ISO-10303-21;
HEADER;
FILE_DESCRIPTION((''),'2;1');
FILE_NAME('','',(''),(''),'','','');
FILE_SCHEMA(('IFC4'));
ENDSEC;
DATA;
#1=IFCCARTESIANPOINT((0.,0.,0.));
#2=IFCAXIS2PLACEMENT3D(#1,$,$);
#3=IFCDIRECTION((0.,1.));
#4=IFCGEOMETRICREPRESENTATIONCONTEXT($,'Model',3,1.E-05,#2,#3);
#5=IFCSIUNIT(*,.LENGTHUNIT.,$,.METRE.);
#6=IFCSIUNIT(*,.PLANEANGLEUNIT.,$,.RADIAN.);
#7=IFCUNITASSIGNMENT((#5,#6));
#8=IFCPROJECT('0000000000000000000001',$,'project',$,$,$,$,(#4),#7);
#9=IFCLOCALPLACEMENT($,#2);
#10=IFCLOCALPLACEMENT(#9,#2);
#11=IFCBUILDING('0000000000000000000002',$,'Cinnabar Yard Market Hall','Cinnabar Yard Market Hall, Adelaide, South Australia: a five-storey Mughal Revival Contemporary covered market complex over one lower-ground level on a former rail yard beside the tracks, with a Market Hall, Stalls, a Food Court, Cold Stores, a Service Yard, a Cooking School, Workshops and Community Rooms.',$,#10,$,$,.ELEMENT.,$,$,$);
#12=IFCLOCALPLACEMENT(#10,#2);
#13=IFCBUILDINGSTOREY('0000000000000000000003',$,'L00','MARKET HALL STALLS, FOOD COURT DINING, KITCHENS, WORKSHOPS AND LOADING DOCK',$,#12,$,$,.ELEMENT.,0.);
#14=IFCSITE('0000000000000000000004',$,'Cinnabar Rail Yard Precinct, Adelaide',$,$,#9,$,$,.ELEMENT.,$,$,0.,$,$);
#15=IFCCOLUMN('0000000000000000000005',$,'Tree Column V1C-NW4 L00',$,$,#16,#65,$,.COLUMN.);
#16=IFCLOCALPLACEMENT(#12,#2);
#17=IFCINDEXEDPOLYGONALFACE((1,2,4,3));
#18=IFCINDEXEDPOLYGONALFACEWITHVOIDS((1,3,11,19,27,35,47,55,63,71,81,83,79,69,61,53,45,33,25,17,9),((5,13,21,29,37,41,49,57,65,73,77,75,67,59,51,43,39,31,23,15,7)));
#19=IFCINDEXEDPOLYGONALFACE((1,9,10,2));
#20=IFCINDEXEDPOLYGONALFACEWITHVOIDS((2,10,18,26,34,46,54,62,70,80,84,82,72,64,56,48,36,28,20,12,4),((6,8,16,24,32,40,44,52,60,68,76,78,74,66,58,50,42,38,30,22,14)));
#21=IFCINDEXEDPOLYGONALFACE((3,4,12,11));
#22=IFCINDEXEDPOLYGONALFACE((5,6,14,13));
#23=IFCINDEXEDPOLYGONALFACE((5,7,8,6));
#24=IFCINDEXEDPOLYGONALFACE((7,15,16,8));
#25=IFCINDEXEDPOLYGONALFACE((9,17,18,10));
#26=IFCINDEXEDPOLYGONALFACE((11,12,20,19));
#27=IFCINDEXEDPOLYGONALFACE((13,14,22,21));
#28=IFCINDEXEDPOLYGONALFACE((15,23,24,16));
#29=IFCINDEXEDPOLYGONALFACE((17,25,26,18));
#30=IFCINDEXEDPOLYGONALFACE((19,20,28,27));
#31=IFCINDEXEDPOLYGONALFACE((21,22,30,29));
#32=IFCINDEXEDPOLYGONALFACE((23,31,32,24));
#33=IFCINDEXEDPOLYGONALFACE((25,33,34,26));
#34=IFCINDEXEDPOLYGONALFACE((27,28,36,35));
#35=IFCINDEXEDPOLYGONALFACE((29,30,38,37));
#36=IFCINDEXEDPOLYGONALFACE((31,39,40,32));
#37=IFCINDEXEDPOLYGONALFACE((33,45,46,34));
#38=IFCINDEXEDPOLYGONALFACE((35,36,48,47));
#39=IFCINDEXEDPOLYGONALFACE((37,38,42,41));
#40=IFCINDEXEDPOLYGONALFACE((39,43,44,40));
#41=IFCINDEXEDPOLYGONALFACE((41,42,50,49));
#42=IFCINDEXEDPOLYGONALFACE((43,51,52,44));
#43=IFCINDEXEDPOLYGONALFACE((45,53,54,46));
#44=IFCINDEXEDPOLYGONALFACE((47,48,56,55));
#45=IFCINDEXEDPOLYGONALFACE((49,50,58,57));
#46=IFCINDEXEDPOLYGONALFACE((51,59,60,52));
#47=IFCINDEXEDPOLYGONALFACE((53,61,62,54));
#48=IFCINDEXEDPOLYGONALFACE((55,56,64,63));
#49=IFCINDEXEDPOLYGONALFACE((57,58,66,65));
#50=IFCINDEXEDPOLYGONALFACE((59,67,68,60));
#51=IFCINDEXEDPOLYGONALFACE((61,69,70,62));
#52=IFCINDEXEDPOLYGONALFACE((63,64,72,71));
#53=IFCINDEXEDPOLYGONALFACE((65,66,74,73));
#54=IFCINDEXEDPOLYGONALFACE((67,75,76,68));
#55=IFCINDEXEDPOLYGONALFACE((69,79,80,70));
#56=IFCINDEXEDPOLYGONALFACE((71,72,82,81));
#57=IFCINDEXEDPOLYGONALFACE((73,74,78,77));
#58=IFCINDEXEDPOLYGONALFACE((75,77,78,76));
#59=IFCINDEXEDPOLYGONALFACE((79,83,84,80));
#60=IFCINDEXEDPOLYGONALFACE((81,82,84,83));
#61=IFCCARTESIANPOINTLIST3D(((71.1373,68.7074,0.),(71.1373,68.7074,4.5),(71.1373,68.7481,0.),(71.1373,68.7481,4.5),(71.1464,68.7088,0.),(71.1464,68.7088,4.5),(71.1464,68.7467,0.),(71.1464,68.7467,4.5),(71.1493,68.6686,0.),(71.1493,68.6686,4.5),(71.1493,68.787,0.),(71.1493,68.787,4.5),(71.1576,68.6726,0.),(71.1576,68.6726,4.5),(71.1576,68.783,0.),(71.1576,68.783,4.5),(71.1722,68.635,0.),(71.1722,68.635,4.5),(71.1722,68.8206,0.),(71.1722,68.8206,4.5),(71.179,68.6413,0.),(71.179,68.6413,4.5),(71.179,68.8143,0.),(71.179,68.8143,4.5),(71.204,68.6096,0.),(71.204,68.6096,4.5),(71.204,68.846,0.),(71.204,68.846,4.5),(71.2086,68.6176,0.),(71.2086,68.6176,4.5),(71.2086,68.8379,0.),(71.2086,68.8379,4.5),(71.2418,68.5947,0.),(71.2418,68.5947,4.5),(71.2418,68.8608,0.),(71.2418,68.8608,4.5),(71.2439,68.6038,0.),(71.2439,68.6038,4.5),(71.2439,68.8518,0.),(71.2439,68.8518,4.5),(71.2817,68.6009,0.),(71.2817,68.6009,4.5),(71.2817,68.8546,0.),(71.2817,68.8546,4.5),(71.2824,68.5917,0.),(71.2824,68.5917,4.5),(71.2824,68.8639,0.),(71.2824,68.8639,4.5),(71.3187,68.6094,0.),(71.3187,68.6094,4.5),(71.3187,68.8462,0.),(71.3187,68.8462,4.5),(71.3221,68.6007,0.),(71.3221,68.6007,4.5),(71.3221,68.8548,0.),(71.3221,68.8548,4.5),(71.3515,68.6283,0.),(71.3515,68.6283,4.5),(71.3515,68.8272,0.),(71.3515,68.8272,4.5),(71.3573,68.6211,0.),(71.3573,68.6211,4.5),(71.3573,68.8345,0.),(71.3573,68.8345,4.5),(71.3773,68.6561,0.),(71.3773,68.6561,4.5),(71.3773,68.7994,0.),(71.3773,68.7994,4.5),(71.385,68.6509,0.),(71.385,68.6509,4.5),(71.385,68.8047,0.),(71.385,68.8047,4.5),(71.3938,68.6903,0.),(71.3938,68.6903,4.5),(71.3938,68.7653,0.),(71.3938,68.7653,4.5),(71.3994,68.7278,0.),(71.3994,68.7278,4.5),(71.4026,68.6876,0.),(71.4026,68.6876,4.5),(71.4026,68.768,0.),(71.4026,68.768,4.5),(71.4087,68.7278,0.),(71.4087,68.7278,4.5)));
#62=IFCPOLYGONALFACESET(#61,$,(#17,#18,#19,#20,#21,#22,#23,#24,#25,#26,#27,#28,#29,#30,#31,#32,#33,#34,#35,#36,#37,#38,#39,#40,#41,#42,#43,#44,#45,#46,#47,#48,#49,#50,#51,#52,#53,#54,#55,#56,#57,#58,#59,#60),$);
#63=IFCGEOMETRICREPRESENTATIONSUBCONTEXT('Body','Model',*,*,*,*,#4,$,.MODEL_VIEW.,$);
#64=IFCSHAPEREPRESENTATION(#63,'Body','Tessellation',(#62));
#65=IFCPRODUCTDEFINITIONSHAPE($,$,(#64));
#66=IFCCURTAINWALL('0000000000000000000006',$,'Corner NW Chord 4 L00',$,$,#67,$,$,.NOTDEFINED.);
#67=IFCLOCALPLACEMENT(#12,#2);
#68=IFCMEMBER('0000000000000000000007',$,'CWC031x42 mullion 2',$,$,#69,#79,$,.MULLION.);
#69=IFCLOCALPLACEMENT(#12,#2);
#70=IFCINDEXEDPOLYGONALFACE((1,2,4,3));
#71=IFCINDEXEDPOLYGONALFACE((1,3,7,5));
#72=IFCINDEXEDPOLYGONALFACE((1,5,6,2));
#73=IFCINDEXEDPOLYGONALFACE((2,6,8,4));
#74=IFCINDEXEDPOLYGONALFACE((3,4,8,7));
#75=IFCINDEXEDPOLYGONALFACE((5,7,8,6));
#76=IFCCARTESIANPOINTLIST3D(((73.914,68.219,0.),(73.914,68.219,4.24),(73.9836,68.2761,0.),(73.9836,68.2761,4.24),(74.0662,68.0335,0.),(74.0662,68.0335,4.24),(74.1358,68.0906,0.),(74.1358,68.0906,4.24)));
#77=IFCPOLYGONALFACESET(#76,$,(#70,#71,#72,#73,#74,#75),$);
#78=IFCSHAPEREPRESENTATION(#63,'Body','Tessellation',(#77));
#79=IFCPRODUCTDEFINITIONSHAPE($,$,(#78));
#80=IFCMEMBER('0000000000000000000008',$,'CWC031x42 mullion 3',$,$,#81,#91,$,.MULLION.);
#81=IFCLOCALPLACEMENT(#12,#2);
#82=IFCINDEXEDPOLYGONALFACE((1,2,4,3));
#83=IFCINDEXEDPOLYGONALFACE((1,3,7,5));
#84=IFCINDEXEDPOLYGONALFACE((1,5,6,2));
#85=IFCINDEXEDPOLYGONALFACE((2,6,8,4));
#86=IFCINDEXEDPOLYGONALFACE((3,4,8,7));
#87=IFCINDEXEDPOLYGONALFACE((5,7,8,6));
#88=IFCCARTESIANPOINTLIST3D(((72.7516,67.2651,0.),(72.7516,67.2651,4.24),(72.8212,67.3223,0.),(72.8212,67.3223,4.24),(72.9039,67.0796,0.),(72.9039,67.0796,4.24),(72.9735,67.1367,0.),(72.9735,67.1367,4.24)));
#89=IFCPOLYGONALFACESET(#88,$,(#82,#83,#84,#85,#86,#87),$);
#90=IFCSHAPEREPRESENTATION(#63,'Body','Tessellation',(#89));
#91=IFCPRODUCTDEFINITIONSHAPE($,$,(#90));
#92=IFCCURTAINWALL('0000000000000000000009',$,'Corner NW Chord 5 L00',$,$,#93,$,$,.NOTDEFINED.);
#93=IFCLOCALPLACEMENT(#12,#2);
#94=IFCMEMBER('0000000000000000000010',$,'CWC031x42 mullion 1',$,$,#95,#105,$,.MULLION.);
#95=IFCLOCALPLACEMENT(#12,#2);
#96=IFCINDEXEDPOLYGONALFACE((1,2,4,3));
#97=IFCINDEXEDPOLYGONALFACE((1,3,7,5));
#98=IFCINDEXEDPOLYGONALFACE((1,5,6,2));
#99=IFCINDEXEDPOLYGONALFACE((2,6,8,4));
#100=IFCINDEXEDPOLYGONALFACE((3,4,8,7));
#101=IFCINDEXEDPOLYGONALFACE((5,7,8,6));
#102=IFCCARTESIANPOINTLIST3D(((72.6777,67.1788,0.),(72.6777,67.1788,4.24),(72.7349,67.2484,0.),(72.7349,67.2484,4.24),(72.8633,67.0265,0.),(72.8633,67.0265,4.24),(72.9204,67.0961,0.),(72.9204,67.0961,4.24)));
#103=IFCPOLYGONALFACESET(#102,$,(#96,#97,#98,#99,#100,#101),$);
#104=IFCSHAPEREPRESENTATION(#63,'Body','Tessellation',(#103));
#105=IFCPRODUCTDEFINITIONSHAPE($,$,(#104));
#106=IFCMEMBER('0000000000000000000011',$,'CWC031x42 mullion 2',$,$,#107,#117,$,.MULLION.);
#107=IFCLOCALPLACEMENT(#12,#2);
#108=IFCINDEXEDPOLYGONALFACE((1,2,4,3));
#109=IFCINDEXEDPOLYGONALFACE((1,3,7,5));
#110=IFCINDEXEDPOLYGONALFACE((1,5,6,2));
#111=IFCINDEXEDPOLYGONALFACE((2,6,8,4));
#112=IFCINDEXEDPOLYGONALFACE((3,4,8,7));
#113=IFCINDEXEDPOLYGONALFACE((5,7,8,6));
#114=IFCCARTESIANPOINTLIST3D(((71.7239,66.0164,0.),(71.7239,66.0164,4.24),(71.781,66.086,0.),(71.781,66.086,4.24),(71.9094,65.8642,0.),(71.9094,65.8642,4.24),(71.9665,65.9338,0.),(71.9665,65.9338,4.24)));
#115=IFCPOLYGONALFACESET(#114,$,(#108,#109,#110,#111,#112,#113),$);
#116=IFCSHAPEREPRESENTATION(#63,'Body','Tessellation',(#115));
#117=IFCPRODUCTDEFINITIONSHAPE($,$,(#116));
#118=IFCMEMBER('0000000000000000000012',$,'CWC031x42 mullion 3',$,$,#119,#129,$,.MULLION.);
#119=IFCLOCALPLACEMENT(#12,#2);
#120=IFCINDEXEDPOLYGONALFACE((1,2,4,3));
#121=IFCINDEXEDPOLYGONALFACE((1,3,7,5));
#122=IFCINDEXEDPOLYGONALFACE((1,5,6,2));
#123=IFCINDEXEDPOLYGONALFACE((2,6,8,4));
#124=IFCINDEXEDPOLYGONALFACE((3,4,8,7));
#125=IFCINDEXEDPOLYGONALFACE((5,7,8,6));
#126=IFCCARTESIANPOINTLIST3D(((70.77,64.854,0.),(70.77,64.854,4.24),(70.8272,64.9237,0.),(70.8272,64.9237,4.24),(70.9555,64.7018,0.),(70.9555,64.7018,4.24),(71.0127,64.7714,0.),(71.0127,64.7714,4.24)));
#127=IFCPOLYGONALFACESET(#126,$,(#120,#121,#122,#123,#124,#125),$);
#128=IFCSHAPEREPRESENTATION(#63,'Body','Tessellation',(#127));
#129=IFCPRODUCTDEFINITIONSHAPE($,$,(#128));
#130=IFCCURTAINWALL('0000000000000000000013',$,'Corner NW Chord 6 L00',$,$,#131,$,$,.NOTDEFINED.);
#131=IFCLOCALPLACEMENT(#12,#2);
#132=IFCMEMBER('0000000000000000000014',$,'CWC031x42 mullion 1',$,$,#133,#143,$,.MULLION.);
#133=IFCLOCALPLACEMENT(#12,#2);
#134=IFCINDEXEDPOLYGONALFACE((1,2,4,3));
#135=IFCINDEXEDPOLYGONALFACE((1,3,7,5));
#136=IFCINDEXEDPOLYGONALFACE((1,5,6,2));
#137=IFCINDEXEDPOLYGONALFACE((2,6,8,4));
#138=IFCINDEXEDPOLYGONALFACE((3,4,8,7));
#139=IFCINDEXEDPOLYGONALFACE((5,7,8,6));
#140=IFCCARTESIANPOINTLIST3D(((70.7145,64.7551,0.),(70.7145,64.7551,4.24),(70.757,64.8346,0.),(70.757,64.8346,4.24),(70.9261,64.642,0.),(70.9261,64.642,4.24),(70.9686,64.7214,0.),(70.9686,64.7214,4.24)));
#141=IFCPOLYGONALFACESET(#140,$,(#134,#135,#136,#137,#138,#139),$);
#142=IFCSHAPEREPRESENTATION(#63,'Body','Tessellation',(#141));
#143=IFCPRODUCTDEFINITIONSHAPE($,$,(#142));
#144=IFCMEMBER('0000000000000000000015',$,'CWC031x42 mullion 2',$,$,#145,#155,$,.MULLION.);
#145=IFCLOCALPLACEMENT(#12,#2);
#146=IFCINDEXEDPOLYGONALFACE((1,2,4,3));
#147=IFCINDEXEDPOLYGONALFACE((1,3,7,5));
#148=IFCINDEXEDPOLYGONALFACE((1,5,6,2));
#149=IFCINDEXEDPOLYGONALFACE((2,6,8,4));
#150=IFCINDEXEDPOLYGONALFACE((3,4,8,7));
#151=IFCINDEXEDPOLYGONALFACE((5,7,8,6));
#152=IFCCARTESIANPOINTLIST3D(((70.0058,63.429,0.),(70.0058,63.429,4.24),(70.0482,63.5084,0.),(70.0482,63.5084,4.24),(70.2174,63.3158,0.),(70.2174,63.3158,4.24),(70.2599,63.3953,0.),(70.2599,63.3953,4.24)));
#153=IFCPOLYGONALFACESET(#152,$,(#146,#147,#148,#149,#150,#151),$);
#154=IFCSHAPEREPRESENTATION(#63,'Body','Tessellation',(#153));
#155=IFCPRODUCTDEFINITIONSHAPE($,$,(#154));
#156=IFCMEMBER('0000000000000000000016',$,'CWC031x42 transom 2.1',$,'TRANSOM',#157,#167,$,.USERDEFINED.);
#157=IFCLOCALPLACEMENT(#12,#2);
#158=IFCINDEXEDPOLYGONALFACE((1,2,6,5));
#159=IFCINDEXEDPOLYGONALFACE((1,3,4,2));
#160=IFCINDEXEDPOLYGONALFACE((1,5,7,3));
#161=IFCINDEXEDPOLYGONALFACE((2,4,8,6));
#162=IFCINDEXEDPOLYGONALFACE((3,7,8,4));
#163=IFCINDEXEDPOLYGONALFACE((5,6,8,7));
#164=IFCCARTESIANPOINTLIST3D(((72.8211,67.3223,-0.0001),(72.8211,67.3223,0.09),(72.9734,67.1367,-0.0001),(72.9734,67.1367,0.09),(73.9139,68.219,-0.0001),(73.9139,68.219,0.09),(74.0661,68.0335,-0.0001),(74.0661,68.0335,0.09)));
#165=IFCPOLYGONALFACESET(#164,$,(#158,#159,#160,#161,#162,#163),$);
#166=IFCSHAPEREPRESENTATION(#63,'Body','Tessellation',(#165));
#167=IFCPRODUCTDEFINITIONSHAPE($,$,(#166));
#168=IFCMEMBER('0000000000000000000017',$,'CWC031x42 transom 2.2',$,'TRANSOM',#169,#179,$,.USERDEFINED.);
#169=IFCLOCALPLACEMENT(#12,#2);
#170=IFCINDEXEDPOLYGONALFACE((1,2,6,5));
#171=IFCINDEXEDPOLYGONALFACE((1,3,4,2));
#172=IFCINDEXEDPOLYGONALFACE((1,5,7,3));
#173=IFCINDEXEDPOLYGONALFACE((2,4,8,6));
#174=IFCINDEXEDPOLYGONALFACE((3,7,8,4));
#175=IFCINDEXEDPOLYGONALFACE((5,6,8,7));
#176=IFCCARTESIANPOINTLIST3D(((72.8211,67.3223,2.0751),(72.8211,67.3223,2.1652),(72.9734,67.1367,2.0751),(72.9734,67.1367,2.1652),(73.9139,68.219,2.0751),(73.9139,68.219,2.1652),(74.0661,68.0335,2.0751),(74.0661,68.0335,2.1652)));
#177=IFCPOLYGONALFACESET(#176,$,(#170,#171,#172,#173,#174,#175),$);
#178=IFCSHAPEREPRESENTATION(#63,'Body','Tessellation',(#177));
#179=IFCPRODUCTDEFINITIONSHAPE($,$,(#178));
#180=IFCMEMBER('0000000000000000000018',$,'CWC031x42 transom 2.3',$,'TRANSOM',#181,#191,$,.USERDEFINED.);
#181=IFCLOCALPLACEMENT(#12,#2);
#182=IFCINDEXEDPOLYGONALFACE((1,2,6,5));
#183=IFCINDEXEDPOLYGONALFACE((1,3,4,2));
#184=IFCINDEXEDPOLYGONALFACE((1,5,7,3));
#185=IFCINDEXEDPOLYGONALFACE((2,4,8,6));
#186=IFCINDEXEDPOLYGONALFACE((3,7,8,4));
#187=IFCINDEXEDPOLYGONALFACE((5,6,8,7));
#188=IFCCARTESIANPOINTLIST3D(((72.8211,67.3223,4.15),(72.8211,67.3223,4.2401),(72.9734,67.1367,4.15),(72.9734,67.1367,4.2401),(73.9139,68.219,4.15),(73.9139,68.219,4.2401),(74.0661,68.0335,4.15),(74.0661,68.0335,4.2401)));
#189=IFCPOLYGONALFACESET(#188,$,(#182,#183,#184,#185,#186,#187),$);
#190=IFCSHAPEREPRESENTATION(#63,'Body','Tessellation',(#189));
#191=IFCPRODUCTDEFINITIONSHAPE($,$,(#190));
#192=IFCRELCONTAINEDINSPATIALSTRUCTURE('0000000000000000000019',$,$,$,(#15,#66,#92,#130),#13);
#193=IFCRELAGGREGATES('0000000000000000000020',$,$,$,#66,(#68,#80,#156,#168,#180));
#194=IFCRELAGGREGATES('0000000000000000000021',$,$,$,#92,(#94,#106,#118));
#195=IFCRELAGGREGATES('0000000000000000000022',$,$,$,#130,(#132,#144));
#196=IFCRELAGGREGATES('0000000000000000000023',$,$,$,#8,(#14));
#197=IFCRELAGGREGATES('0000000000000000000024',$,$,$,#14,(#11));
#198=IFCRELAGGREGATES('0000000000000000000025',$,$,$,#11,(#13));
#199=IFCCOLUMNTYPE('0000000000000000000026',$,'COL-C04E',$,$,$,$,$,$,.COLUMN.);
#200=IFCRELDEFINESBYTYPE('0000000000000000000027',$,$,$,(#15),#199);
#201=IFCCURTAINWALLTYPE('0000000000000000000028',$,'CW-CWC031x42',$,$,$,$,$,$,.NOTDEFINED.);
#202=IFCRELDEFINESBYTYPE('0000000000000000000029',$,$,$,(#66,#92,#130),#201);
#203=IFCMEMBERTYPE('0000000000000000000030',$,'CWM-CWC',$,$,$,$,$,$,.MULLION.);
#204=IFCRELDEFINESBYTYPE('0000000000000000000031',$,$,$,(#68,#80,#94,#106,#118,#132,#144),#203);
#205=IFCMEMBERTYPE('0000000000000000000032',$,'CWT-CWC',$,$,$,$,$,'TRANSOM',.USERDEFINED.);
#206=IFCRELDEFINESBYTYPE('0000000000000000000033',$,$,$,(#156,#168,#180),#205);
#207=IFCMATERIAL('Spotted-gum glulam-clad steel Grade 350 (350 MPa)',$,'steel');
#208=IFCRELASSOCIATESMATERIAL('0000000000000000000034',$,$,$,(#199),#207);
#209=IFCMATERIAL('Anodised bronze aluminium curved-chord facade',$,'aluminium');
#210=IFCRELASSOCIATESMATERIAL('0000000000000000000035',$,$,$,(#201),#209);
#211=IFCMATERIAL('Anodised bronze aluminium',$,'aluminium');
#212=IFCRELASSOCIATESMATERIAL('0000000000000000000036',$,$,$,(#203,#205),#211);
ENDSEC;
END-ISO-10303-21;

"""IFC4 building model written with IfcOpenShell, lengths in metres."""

from ifc_helpers import new_model, si_unit, direction, frame, origin, origin_2d_with_axis, place, context, subcontext, project, spatial, rectangle, hollow_circle, extrude, material, material_profile, profile_set, type_object, element, aggregate, save


model = new_model("IFC4")

# Units and contexts
model_context = context("Model", 3, precision=1e-05, world=origin(), true_north=direction((0.0, 1.0)))
body_context = subcontext(model_context, "Body", "Model", "MODEL_VIEW")
ifc_project = project(units=[si_unit("LENGTHUNIT", "METRE"), si_unit("PLANEANGLEUNIT", "RADIAN")], contexts=[model_context])

# Site, building, storey
site_placement = place(None, origin())
site = spatial("IfcSite", under=ifc_project, at=site_placement, Name="Cinnabar Rail Yard Precinct, Adelaide", CompositionType="ELEMENT", RefElevation=0.0)
building_placement = place(site_placement, origin())
building = spatial("IfcBuilding", under=site, at=building_placement, Name="Cinnabar Yard Market Hall", Description="Cinnabar Yard Market Hall, Adelaide, South Australia: a five-storey Mughal Revival Contemporary covered market complex over one lower-ground level on a former rail yard beside the tracks, with a Market Hall, Stalls, a Food Court, Cold Stores, a Service Yard, a Cooking School, Workshops and Community Rooms.", CompositionType="ELEMENT")
storey_placement = place(building_placement, origin())
storey = spatial("IfcBuildingStorey", under=building, at=storey_placement, Name="L00", Description="MARKET HALL STALLS, FOOD COURT DINING, KITCHENS, WORKSHOPS AND LOADING DOCK", CompositionType="ELEMENT", Elevation=0.0)

# Column
ifc_material_1 = material(Name="Spotted-gum glulam-clad steel Grade 350 (350 MPa)", Category="steel")
ifc_material_profile_1 = material_profile(ifc_material_1, hollow_circle(Radius=0.1365, WallThickness=0.0093, at=origin_2d_with_axis()), Name="273.1x9.3CHS")
ifc_profile_set_1 = profile_set([ifc_material_profile_1], Name="Spotted-gum glulam-clad steel Grade 350 (350 MPa)")
column_type = type_object("IfcColumnType", Name="COL-C04E", PredefinedType="COLUMN", material=ifc_profile_set_1)
column_placement = place(storey_placement, frame((71.2722, 68.7278, 0.0), z_axis=(0.0, 0.0, 1.0), x_axis=(1.0, 0.0, 0.0)))
element("IfcColumn", 1, at=column_placement, inside=storey, type_object=column_type, Name="Tree Column V1C-NW4 L00", PredefinedType="COLUMN", context=body_context, shape_type="SweptSolid", body=[
    extrude(hollow_circle(Radius=0.1365, WallThickness=0.0093, at=origin_2d_with_axis()), origin(), (0.0, 0.0, 1.0), 4.5),
])

# Curtain walls, members
ifc_material_2 = material(Name="Anodised bronze aluminium curved-chord facade", Category="aluminium")
curtain_wall_type = type_object("IfcCurtainWallType", Name="CW-CWC031x42", PredefinedType="NOTDEFINED", material=ifc_material_2)
curtain_wall_1_placement = place(storey_placement, origin())
curtain_wall_1 = element("IfcCurtainWall", 2, at=curtain_wall_1_placement, inside=storey, type_object=curtain_wall_type, Name="Corner NW Chord 4 L00", PredefinedType="NOTDEFINED")
ifc_material_3 = material(Name="Anodised bronze aluminium", Category="aluminium")
ifc_material_profile_2 = material_profile(ifc_material_3, rectangle(XDim=0.24, YDim=0.0901, at=origin_2d_with_axis()), Name="MUL-CWC")
ifc_profile_set_2 = profile_set([ifc_material_profile_2], Name="Anodised bronze aluminium")
member_type_1 = type_object("IfcMemberType", Name="CWM-CWC", PredefinedType="MULLION", material=ifc_profile_set_2)
member_1_placement = place(storey_placement, frame((74.0249, 68.1548, 0.0), z_axis=(0.0, 0.0, 1.0), x_axis=(0.634383, -0.773019, 0.0)))
member_1 = element("IfcMember", 3, at=member_1_placement, type_object=member_type_1, Name="CWC031x42 mullion 2", PredefinedType="MULLION", context=body_context, shape_type="SweptSolid", body=[
    extrude(rectangle(XDim=0.24, YDim=0.0901, at=origin_2d_with_axis()), origin(), (0.0, 0.0, 1.0), 4.24),
])
member_2_placement = place(storey_placement, frame((72.8625, 67.2009, 0.0), z_axis=(0.0, 0.0, 1.0), x_axis=(0.634383, -0.773019, 0.0)))
member_2 = element("IfcMember", 4, at=member_2_placement, type_object=member_type_1, Name="CWC031x42 mullion 3", PredefinedType="MULLION", context=body_context, shape_type="SweptSolid", body=[
    extrude(rectangle(XDim=0.24, YDim=0.0901, at=origin_2d_with_axis()), origin(), (0.0, 0.0, 1.0), 4.24),
])
curtain_wall_2_placement = place(storey_placement, origin())
curtain_wall_2 = element("IfcCurtainWall", 5, at=curtain_wall_2_placement, inside=storey, type_object=curtain_wall_type, Name="Corner NW Chord 5 L00", PredefinedType="NOTDEFINED")
member_3_placement = place(storey_placement, frame((72.7991, 67.1375, 0.0), z_axis=(0.0, 0.0, 1.0), x_axis=(0.773019, -0.634383, 0.0)))
member_3 = element("IfcMember", 6, at=member_3_placement, type_object=member_type_1, Name="CWC031x42 mullion 1", PredefinedType="MULLION", context=body_context, shape_type="SweptSolid", body=[
    extrude(rectangle(XDim=0.24, YDim=0.0901, at=origin_2d_with_axis()), origin(), (0.0, 0.0, 1.0), 4.24),
])
member_4_placement = place(storey_placement, frame((71.8452, 65.9751, 0.0), z_axis=(0.0, 0.0, 1.0), x_axis=(0.773019, -0.634383, 0.0)))
member_4 = element("IfcMember", 7, at=member_4_placement, type_object=member_type_1, Name="CWC031x42 mullion 2", PredefinedType="MULLION", context=body_context, shape_type="SweptSolid", body=[
    extrude(rectangle(XDim=0.24, YDim=0.0901, at=origin_2d_with_axis()), origin(), (0.0, 0.0, 1.0), 4.24),
])
member_5_placement = place(storey_placement, frame((70.8914, 64.8127, 0.0), z_axis=(0.0, 0.0, 1.0), x_axis=(0.773019, -0.634383, 0.0)))
member_5 = element("IfcMember", 8, at=member_5_placement, type_object=member_type_1, Name="CWC031x42 mullion 3", PredefinedType="MULLION", context=body_context, shape_type="SweptSolid", body=[
    extrude(rectangle(XDim=0.24, YDim=0.0901, at=origin_2d_with_axis()), origin(), (0.0, 0.0, 1.0), 4.24),
])
curtain_wall_3_placement = place(storey_placement, origin())
curtain_wall_3 = element("IfcCurtainWall", 9, at=curtain_wall_3_placement, inside=storey, type_object=curtain_wall_type, Name="Corner NW Chord 6 L00", PredefinedType="NOTDEFINED")
member_6_placement = place(storey_placement, frame((70.8416, 64.7383, 0.0), z_axis=(0.0, 0.0, 1.0), x_axis=(0.881917, -0.471404, 0.0)))
member_6 = element("IfcMember", 10, at=member_6_placement, type_object=member_type_1, Name="CWC031x42 mullion 1", PredefinedType="MULLION", context=body_context, shape_type="SweptSolid", body=[
    extrude(rectangle(XDim=0.24, YDim=0.0901, at=origin_2d_with_axis()), origin(), (0.0, 0.0, 1.0), 4.24),
])
member_7_placement = place(storey_placement, frame((70.1328, 63.4121, 0.0), z_axis=(0.0, 0.0, 1.0), x_axis=(0.881917, -0.471404, 0.0)))
member_7 = element("IfcMember", 11, at=member_7_placement, type_object=member_type_1, Name="CWC031x42 mullion 2", PredefinedType="MULLION", context=body_context, shape_type="SweptSolid", body=[
    extrude(rectangle(XDim=0.24, YDim=0.0901, at=origin_2d_with_axis()), origin(), (0.0, 0.0, 1.0), 4.24),
])

# Members
ifc_material_profile_3 = material_profile(ifc_material_3, rectangle(XDim=0.24, YDim=0.0901, at=origin_2d_with_axis()), Name="TRN-CWC")
ifc_profile_set_3 = profile_set([ifc_material_profile_3], Name="Anodised bronze aluminium")
member_type_2 = type_object("IfcMemberType", Name="CWT-CWC", ElementType="TRANSOM", PredefinedType="USERDEFINED", material=ifc_profile_set_3)
member_8_placement = place(storey_placement, frame((73.99, 68.1262, 0.0449), z_axis=(-0.773041, -0.634356, 0.0), x_axis=(0.634356, -0.773041, 0.0)))
member_8 = element("IfcMember", 12, at=member_8_placement, type_object=member_type_2, Name="CWC031x42 transom 2.1", ObjectType="TRANSOM", PredefinedType="USERDEFINED", context=body_context, shape_type="SweptSolid", body=[
    extrude(rectangle(XDim=0.24, YDim=0.0901, at=origin_2d_with_axis()), origin(), (0.0, 0.0, 1.0), 1.4136),
])
member_9_placement = place(storey_placement, frame((73.99, 68.1262, 2.1201), z_axis=(-0.773041, -0.634356, 0.0), x_axis=(0.634356, -0.773041, 0.0)))
member_9 = element("IfcMember", 13, at=member_9_placement, type_object=member_type_2, Name="CWC031x42 transom 2.2", ObjectType="TRANSOM", PredefinedType="USERDEFINED", context=body_context, shape_type="SweptSolid", body=[
    extrude(rectangle(XDim=0.24, YDim=0.0901, at=origin_2d_with_axis()), origin(), (0.0, 0.0, 1.0), 1.4136),
])
member_10_placement = place(storey_placement, frame((73.99, 68.1262, 4.1951), z_axis=(-0.773041, -0.634356, 0.0), x_axis=(0.634356, -0.773041, 0.0)))
member_10 = element("IfcMember", 14, at=member_10_placement, type_object=member_type_2, Name="CWC031x42 transom 2.3", ObjectType="TRANSOM", PredefinedType="USERDEFINED", context=body_context, shape_type="SweptSolid", body=[
    extrude(rectangle(XDim=0.24, YDim=0.0901, at=origin_2d_with_axis()), origin(), (0.0, 0.0, 1.0), 1.4136),
])

aggregate(curtain_wall_1, [member_1, member_2, member_8, member_9, member_10])
aggregate(curtain_wall_2, [member_3, member_4, member_5])
aggregate(curtain_wall_3, [member_6, member_7])

save(model, "model.ifc")
